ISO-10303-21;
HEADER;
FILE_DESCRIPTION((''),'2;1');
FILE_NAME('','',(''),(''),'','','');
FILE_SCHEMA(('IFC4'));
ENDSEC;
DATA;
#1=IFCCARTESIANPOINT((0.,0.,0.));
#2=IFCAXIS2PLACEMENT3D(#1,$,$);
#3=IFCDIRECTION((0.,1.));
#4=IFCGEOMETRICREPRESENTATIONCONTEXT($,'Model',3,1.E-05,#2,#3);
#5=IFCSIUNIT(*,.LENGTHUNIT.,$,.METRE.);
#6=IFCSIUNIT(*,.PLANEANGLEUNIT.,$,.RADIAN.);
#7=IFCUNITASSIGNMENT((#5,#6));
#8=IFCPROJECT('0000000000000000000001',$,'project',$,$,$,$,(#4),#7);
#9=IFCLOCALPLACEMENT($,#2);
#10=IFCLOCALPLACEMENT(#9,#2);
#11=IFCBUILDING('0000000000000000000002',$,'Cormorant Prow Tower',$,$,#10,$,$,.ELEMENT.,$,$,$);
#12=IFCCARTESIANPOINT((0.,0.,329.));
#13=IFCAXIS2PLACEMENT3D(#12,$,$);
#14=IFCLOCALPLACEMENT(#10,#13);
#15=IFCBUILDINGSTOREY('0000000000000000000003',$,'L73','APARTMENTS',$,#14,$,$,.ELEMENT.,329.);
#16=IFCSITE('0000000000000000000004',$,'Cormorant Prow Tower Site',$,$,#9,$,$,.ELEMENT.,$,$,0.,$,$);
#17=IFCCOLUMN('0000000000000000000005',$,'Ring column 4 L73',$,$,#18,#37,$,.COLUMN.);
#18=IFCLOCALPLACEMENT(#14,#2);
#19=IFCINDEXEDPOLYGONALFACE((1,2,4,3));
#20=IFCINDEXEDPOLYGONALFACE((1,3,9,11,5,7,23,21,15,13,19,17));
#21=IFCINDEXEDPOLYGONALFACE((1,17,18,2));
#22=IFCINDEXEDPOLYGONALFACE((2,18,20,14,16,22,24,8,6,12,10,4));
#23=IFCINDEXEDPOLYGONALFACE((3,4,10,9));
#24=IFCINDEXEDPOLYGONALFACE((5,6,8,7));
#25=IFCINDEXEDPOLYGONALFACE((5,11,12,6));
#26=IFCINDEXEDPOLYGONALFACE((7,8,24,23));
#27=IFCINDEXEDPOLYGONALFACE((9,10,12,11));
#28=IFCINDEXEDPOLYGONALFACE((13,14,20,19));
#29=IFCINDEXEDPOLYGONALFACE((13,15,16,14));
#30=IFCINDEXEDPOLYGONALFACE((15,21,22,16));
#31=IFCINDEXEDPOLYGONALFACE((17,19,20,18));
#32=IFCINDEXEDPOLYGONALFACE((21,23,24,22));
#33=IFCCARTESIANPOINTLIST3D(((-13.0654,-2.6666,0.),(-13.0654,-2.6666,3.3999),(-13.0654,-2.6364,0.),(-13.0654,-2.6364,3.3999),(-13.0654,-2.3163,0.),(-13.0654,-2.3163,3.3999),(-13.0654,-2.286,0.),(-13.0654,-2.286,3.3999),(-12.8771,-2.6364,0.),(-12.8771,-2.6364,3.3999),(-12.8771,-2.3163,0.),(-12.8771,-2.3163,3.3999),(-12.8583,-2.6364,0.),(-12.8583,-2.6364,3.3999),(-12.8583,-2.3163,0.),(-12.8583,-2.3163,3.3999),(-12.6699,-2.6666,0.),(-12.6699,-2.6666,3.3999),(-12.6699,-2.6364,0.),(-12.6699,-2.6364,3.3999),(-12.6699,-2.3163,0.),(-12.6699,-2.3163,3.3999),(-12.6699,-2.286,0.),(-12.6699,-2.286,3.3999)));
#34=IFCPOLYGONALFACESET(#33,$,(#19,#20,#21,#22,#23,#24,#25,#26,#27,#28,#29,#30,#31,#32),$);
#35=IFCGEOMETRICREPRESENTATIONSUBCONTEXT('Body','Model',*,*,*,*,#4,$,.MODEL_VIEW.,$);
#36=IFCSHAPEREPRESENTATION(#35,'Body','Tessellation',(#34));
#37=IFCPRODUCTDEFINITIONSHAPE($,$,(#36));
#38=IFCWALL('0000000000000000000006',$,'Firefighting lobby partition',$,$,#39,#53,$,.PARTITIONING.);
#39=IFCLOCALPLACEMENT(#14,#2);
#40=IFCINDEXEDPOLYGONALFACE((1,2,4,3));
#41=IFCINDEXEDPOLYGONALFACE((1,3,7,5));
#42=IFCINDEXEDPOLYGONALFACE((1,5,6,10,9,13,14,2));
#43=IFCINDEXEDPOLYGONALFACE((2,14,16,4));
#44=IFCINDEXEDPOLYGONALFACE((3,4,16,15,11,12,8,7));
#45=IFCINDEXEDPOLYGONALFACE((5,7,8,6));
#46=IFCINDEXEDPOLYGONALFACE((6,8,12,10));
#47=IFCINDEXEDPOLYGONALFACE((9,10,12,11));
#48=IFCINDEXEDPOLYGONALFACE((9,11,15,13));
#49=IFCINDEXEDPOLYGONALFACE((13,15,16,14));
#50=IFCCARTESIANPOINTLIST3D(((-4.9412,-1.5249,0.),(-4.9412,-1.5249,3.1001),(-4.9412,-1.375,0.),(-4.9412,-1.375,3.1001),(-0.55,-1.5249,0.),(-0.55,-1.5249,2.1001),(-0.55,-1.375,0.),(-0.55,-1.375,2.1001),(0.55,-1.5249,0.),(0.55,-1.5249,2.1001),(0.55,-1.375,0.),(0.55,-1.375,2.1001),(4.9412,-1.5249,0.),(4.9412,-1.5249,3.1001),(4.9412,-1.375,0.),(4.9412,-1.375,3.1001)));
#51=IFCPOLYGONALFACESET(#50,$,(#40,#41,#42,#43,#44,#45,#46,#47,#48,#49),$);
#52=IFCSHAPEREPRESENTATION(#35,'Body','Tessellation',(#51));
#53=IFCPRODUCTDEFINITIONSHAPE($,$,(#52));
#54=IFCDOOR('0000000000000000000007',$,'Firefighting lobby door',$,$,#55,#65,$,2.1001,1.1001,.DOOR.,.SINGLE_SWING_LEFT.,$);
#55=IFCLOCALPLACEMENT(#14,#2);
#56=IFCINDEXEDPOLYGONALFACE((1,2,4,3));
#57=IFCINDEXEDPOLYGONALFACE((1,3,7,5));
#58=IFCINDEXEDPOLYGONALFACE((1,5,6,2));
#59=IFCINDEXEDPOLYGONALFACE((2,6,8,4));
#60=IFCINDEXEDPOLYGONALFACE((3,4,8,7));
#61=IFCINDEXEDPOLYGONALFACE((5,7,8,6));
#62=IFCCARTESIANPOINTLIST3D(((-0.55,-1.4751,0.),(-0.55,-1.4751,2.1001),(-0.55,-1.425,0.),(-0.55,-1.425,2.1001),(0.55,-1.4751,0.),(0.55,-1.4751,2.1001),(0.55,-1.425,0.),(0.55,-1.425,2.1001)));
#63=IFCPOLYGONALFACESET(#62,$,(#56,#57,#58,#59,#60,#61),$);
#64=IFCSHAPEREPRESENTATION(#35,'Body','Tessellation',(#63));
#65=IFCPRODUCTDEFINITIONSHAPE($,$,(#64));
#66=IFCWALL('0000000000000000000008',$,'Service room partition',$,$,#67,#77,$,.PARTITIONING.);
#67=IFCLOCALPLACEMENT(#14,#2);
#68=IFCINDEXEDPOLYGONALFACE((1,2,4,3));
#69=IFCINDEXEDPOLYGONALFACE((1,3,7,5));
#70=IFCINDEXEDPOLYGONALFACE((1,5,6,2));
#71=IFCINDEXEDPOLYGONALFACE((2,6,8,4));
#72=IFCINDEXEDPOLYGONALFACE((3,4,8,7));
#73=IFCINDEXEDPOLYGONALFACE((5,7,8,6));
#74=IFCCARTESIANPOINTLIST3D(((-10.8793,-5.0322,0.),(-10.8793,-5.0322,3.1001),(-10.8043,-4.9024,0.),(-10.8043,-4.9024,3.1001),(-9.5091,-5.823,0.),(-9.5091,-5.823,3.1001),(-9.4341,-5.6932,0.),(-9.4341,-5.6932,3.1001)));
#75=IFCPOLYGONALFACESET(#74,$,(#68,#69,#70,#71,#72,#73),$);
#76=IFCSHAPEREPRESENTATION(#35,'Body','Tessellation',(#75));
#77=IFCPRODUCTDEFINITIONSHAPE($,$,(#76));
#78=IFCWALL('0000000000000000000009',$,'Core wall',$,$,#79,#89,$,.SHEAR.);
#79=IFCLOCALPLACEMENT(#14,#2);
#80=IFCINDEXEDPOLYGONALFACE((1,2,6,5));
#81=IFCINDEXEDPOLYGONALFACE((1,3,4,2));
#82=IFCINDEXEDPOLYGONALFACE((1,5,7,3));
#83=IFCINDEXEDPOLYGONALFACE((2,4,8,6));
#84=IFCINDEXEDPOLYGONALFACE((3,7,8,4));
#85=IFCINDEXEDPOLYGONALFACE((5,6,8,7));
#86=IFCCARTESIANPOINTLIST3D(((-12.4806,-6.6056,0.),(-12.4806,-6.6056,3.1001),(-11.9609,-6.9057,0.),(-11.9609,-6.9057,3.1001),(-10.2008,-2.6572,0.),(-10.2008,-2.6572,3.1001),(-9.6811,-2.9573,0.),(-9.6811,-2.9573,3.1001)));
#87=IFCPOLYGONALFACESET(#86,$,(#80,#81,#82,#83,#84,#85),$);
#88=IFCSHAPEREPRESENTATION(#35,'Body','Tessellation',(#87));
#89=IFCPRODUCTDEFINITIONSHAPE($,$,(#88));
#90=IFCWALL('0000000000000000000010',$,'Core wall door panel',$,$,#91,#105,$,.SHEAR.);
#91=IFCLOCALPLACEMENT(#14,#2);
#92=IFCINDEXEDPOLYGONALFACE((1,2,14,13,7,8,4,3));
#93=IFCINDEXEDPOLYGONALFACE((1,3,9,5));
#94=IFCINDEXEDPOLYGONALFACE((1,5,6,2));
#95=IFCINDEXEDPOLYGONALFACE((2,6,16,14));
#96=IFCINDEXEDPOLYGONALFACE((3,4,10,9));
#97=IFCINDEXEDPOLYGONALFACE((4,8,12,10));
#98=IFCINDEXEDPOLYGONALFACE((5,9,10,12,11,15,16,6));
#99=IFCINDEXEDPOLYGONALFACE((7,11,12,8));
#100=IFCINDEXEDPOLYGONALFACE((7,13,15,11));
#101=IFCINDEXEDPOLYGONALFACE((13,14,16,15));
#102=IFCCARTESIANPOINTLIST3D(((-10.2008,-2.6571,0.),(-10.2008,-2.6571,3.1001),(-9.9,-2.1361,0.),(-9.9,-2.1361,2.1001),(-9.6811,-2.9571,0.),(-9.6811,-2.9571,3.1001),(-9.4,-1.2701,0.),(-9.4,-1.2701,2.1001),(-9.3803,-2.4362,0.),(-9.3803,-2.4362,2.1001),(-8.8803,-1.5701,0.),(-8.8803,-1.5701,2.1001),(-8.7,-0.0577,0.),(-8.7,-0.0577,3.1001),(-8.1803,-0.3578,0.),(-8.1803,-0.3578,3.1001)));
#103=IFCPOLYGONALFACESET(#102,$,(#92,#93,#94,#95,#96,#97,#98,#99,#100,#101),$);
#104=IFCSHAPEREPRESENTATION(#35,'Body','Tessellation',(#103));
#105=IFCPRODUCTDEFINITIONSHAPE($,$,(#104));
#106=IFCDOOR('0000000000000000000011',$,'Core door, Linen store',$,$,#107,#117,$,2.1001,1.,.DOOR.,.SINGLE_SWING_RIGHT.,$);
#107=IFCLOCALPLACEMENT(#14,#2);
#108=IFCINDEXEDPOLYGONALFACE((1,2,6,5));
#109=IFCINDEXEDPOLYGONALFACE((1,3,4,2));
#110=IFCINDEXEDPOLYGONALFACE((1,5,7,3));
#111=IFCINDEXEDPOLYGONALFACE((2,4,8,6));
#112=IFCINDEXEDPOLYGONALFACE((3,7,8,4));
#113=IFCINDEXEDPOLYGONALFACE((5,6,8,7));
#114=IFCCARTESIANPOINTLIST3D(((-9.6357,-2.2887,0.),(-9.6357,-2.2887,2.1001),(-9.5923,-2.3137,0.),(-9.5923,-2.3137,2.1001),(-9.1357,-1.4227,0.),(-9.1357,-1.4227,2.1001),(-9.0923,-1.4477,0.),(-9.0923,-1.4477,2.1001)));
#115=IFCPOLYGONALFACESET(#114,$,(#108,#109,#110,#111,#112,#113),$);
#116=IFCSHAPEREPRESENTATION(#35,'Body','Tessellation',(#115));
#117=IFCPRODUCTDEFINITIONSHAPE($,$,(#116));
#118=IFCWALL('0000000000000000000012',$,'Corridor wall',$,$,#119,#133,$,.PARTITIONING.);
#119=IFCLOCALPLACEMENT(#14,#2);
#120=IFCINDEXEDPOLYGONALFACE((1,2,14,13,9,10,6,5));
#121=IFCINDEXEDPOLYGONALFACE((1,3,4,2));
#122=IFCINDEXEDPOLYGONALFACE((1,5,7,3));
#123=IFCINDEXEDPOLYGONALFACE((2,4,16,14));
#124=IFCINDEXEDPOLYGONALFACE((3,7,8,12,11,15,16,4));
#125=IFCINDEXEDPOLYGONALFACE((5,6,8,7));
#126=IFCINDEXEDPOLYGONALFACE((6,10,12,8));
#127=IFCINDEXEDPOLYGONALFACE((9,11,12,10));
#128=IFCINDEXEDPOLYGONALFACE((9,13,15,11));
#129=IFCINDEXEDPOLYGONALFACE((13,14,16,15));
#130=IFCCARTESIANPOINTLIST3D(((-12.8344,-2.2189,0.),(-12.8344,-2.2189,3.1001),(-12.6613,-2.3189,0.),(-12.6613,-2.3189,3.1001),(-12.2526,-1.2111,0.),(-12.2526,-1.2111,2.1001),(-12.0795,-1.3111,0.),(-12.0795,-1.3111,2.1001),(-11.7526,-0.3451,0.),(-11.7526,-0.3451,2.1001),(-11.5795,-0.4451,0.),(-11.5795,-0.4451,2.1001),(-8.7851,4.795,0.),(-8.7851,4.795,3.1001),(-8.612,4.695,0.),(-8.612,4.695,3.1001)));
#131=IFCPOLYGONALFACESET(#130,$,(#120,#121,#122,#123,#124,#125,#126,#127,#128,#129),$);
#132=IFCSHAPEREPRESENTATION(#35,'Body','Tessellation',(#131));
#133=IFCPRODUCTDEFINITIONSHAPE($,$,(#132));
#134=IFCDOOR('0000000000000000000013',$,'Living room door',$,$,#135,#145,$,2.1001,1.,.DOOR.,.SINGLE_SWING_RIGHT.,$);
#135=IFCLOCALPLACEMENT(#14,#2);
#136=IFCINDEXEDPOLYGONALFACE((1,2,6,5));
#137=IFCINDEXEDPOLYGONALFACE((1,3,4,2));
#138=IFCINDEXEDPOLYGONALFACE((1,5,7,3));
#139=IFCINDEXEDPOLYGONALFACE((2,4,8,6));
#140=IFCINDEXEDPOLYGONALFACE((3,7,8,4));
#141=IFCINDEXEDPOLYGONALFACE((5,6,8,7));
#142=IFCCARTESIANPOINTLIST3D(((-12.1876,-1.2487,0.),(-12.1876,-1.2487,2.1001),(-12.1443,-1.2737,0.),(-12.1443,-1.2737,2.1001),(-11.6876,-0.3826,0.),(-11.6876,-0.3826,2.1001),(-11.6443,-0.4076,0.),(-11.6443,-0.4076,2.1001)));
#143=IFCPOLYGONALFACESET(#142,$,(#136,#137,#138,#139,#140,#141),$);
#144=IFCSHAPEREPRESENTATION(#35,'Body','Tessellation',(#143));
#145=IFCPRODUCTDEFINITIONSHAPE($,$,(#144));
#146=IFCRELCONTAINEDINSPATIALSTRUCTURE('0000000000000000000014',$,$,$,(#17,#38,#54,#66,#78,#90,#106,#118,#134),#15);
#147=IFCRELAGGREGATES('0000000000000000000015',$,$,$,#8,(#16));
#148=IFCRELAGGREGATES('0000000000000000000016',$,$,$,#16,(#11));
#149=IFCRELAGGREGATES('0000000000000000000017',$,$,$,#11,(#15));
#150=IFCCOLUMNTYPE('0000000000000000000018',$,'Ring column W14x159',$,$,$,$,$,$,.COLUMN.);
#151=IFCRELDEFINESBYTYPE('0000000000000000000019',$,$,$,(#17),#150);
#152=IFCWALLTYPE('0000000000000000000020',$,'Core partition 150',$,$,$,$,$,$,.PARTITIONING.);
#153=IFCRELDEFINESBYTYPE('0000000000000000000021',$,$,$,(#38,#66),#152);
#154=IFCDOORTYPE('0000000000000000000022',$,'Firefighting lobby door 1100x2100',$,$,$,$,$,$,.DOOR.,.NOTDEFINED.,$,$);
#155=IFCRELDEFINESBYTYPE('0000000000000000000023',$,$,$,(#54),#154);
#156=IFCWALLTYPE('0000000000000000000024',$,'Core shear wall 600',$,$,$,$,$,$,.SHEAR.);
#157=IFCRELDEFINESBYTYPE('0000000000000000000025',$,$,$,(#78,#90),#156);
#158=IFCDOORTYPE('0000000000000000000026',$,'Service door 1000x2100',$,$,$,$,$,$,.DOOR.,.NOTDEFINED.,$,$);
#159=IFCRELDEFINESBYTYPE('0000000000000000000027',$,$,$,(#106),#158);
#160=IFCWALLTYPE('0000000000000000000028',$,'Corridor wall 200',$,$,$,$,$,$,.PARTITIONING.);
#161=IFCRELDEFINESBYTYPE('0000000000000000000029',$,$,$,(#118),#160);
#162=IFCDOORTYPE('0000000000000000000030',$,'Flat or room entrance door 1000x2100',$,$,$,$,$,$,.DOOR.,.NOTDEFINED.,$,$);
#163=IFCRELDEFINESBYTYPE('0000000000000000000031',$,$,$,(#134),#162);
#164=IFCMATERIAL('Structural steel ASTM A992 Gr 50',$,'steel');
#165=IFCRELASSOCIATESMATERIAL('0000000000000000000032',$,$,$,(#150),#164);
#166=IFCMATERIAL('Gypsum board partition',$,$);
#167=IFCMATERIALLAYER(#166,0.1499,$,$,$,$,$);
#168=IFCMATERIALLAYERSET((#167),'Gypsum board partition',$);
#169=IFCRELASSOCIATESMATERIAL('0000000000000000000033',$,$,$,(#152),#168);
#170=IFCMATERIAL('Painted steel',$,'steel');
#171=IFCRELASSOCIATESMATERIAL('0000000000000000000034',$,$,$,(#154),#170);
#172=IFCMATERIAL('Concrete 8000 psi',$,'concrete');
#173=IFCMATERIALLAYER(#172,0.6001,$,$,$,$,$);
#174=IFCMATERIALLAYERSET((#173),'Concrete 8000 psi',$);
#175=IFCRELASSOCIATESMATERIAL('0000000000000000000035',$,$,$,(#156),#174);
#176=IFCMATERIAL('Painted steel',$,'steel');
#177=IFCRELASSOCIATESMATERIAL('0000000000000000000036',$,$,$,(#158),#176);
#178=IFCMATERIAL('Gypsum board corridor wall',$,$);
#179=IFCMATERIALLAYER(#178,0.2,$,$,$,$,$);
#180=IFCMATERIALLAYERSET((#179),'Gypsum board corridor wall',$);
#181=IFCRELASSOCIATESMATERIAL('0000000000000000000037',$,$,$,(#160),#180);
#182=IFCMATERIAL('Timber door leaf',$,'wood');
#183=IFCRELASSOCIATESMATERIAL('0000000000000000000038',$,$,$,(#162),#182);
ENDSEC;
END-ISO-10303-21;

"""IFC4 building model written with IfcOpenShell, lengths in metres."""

from ifc_helpers import new_model, si_unit, direction, frame, frame_2d, origin, origin_2d, place, context, subcontext, project, spatial, rectangle, i_section, extrude, material, layer, layer_set, material_profile, profile_set, type_object, element, fill, save


model = new_model("IFC4")

# Units and contexts
model_context = context("Model", 3, precision=1e-05, world=origin(), true_north=direction((0.0, 1.0)))
body_context = subcontext(model_context, "Body", "Model", "MODEL_VIEW")
ifc_project = project(units=[si_unit("LENGTHUNIT", "METRE"), si_unit("PLANEANGLEUNIT", "RADIAN")], contexts=[model_context])

# Site, building, storey
site_placement = place(None, origin())
site = spatial("IfcSite", under=ifc_project, at=site_placement, Name="Cormorant Prow Tower Site", CompositionType="ELEMENT", RefElevation=0.0)
building_placement = place(site_placement, origin())
building = spatial("IfcBuilding", under=site, at=building_placement, Name="Cormorant Prow Tower", CompositionType="ELEMENT")
storey_placement = place(building_placement, frame((0.0, 0.0, 329.0)))
storey = spatial("IfcBuildingStorey", under=building, at=storey_placement, Name="L73", Description="APARTMENTS", CompositionType="ELEMENT", Elevation=329.0)

# Column
ifc_material_1 = material(Name="Structural steel ASTM A992 Gr 50", Category="steel")
ifc_material_profile = material_profile(ifc_material_1, i_section(OverallWidth=0.3955, OverallDepth=0.3806, WebThickness=0.0188, FlangeThickness=0.0303, at=origin_2d()), Name="W14x159")
ifc_profile_set = profile_set([ifc_material_profile], Name="Structural steel ASTM A992 Gr 50")
column_type = type_object("IfcColumnType", Name="Ring column W14x159", PredefinedType="COLUMN", material=ifc_profile_set)
column_placement = place(storey_placement, frame((-12.8677, -2.4763, 0.0), z_axis=(0.0, 0.0, 1.0), x_axis=(1.0, 0.0, 0.0)))
element("IfcColumn", 1, at=column_placement, inside=storey, type_object=column_type, Name="Ring column 4 L73", PredefinedType="COLUMN", context=body_context, shape_type="SweptSolid", body=[
    extrude(i_section(OverallWidth=0.3955, OverallDepth=0.3806, WebThickness=0.0188, FlangeThickness=0.0303, at=origin_2d()), origin(), (0.0, 0.0, 1.0), 3.3999),
])

# Wall, opening, door
ifc_material_2 = material(Name="Gypsum board partition")
ifc_layer_1 = layer(ifc_material_2, 0.1499)
ifc_layer_set_1 = layer_set([ifc_layer_1], Name="Gypsum board partition")
wall_type_1 = type_object("IfcWallType", Name="Core partition 150", PredefinedType="PARTITIONING", material=ifc_layer_set_1)
wall_1_placement = place(storey_placement, frame((-4.9412, -1.45, 0.0), z_axis=(0.0, 0.0, 1.0), x_axis=(1.0, 0.0, 0.0)))
wall_1 = element("IfcWall", 2, at=wall_1_placement, inside=storey, type_object=wall_type_1, Name="Firefighting lobby partition", PredefinedType="PARTITIONING", context=body_context, shape_type="SweptSolid", body=[
    extrude(rectangle(XDim=9.8823, YDim=0.1499, at=frame_2d((4.9412, 0.0))), origin(), (0.0, 0.0, 1.0), 3.1001),
])
opening_1_placement = place(wall_1_placement, frame((4.3911, 0.0, 0.0)))
opening_1 = element("IfcOpeningElement", 3, at=opening_1_placement, cuts=wall_1, PredefinedType="OPENING", context=body_context, shape_type="SweptSolid", body=[
    extrude(rectangle(XDim=1.1001, YDim=2.1001, at=frame_2d((0.55, 1.05))), frame((0.0, 0.085, 0.0), z_axis=(0.0, -1.0, 0.0), x_axis=(1.0, 0.0, 0.0)), (0.0, 0.0, 1.0), 0.1699),
])
ifc_material_3 = material(Name="Painted steel", Category="steel")
door_type_1 = type_object("IfcDoorType", Name="Firefighting lobby door 1100x2100", OperationType="NOTDEFINED", PredefinedType="DOOR", material=ifc_material_3)
door_1_placement = place(opening_1_placement, origin())
door_1 = element("IfcDoor", 4, at=door_1_placement, inside=storey, type_object=door_type_1, Name="Firefighting lobby door", OperationType="SINGLE_SWING_LEFT", OverallHeight=2.1001, OverallWidth=1.1001, PredefinedType="DOOR", context=body_context, shape_type="SweptSolid", body=[
    extrude(rectangle(XDim=1.1001, YDim=2.1001, at=frame_2d((0.55, 1.05))), frame((0.0, 0.0249, 0.0), z_axis=(0.0, -1.0, 0.0), x_axis=(1.0, 0.0, 0.0)), (0.0, 0.0, 1.0), 0.05),
])
fill(opening_1, door_1)

# Walls
wall_2_placement = place(storey_placement, frame((-10.8418, -4.9673, 0.0), z_axis=(0.0, 0.0, 1.0), x_axis=(0.866098, -0.499874, 0.0)))
element("IfcWall", 5, at=wall_2_placement, inside=storey, type_object=wall_type_1, Name="Service room partition", PredefinedType="PARTITIONING", context=body_context, shape_type="SweptSolid", body=[
    extrude(rectangle(XDim=1.582, YDim=0.1499, at=frame_2d((0.791, 0.0))), origin(), (0.0, 0.0, 1.0), 3.1001),
])
ifc_material_4 = material(Name="Concrete 8000 psi", Category="concrete")
ifc_layer_2 = layer(ifc_material_4, 0.6001)
ifc_layer_set_2 = layer_set([ifc_layer_2], Name="Concrete 8000 psi")
wall_type_2 = type_object("IfcWallType", Name="Core shear wall 600", PredefinedType="SHEAR", material=ifc_layer_set_2)
wall_3_placement = place(storey_placement, frame((-9.9409, -2.8071, 0.0), z_axis=(0.0, 0.0, 1.0), x_axis=(-0.500021, -0.866013, 0.0)))
element("IfcWall", 6, at=wall_3_placement, inside=storey, type_object=wall_type_2, Name="Core wall", PredefinedType="SHEAR", context=body_context, shape_type="SweptSolid", body=[
    extrude(rectangle(XDim=4.5593, YDim=0.6001, at=frame_2d((2.2798, 0.0))), origin(), (0.0, 0.0, 1.0), 3.1001),
])

# Walls, openings, doors
wall_4_placement = place(storey_placement, frame((-8.4402, -0.2078, 0.0), z_axis=(0.0, 0.0, 1.0), x_axis=(-0.499997, -0.866027, 0.0)))
wall_4 = element("IfcWall", 7, at=wall_4_placement, inside=storey, type_object=wall_type_2, Name="Core wall door panel", PredefinedType="SHEAR", context=body_context, shape_type="SweptSolid", body=[
    extrude(rectangle(XDim=3.0015, YDim=0.6001, at=frame_2d((1.5007, 0.0))), origin(), (0.0, 0.0, 1.0), 3.1001),
])
opening_2_placement = place(wall_4_placement, frame((1.3999, 0.0, 0.0)))
opening_2 = element("IfcOpeningElement", 8, at=opening_2_placement, cuts=wall_4, PredefinedType="OPENING", context=body_context, shape_type="SweptSolid", body=[
    extrude(rectangle(XDim=1.0, YDim=2.1001, at=frame_2d((0.5, 1.05))), frame((0.0, 0.3101, 0.0), z_axis=(0.0, -1.0, 0.0), x_axis=(1.0, 0.0, 0.0)), (0.0, 0.0, 1.0), 0.6201),
])
ifc_material_5 = material(Name="Painted steel", Category="steel")
door_type_2 = type_object("IfcDoorType", Name="Service door 1000x2100", OperationType="NOTDEFINED", PredefinedType="DOOR", material=ifc_material_5)
door_2_placement = place(opening_2_placement, origin())
door_2 = element("IfcDoor", 9, at=door_2_placement, inside=storey, type_object=door_type_2, Name="Core door, Linen store", OperationType="SINGLE_SWING_RIGHT", OverallHeight=2.1001, OverallWidth=1.0, PredefinedType="DOOR", context=body_context, shape_type="SweptSolid", body=[
    extrude(rectangle(XDim=1.0, YDim=2.1001, at=frame_2d((0.5, 1.05))), frame((0.0, 0.0552, 0.0), z_axis=(0.0, -1.0, 0.0), x_axis=(1.0, 0.0, 0.0)), (0.0, 0.0, 1.0), 0.05),
])
fill(opening_2, door_2)
ifc_material_6 = material(Name="Gypsum board corridor wall")
ifc_layer_3 = layer(ifc_material_6, 0.2)
ifc_layer_set_3 = layer_set([ifc_layer_3], Name="Gypsum board corridor wall")
wall_type_3 = type_object("IfcWallType", Name="Corridor wall 200", PredefinedType="PARTITIONING", material=ifc_layer_set_3)
wall_5_placement = place(storey_placement, frame((-12.7478, -2.2688, 0.0), z_axis=(0.0, 0.0, 1.0), x_axis=(0.499984, 0.866034, 0.0)))
wall_5 = element("IfcWall", 10, at=wall_5_placement, inside=storey, type_object=wall_type_3, Name="Corridor wall", PredefinedType="PARTITIONING", context=body_context, shape_type="SweptSolid", body=[
    extrude(rectangle(XDim=8.0989, YDim=0.2, at=frame_2d((4.0493, 0.0))), origin(), (0.0, 0.0, 1.0), 3.1001),
])
opening_3_placement = place(wall_5_placement, frame((1.1636, 0.0, 0.0)))
opening_3 = element("IfcOpeningElement", 11, at=opening_3_placement, cuts=wall_5, PredefinedType="OPENING", context=body_context, shape_type="SweptSolid", body=[
    extrude(rectangle(XDim=1.0, YDim=2.1001, at=frame_2d((0.5, 1.05))), frame((0.0, 0.1099, 0.0), z_axis=(0.0, -1.0, 0.0), x_axis=(1.0, 0.0, 0.0)), (0.0, 0.0, 1.0), 0.22),
])
ifc_material_7 = material(Name="Timber door leaf", Category="wood")
door_type_3 = type_object("IfcDoorType", Name="Flat or room entrance door 1000x2100", OperationType="NOTDEFINED", PredefinedType="DOOR", material=ifc_material_7)
door_3_placement = place(opening_3_placement, origin())
door_3 = element("IfcDoor", 12, at=door_3_placement, inside=storey, type_object=door_type_3, Name="Living room door", OperationType="SINGLE_SWING_RIGHT", OverallHeight=2.1001, OverallWidth=1.0, PredefinedType="DOOR", context=body_context, shape_type="SweptSolid", body=[
    extrude(rectangle(XDim=1.0, YDim=2.1001, at=frame_2d((0.5, 1.05))), frame((0.0, 0.0249, 0.0), z_axis=(0.0, -1.0, 0.0), x_axis=(1.0, 0.0, 0.0)), (0.0, 0.0, 1.0), 0.05),
])
fill(opening_3, door_3)

save(model, "model.ifc")
